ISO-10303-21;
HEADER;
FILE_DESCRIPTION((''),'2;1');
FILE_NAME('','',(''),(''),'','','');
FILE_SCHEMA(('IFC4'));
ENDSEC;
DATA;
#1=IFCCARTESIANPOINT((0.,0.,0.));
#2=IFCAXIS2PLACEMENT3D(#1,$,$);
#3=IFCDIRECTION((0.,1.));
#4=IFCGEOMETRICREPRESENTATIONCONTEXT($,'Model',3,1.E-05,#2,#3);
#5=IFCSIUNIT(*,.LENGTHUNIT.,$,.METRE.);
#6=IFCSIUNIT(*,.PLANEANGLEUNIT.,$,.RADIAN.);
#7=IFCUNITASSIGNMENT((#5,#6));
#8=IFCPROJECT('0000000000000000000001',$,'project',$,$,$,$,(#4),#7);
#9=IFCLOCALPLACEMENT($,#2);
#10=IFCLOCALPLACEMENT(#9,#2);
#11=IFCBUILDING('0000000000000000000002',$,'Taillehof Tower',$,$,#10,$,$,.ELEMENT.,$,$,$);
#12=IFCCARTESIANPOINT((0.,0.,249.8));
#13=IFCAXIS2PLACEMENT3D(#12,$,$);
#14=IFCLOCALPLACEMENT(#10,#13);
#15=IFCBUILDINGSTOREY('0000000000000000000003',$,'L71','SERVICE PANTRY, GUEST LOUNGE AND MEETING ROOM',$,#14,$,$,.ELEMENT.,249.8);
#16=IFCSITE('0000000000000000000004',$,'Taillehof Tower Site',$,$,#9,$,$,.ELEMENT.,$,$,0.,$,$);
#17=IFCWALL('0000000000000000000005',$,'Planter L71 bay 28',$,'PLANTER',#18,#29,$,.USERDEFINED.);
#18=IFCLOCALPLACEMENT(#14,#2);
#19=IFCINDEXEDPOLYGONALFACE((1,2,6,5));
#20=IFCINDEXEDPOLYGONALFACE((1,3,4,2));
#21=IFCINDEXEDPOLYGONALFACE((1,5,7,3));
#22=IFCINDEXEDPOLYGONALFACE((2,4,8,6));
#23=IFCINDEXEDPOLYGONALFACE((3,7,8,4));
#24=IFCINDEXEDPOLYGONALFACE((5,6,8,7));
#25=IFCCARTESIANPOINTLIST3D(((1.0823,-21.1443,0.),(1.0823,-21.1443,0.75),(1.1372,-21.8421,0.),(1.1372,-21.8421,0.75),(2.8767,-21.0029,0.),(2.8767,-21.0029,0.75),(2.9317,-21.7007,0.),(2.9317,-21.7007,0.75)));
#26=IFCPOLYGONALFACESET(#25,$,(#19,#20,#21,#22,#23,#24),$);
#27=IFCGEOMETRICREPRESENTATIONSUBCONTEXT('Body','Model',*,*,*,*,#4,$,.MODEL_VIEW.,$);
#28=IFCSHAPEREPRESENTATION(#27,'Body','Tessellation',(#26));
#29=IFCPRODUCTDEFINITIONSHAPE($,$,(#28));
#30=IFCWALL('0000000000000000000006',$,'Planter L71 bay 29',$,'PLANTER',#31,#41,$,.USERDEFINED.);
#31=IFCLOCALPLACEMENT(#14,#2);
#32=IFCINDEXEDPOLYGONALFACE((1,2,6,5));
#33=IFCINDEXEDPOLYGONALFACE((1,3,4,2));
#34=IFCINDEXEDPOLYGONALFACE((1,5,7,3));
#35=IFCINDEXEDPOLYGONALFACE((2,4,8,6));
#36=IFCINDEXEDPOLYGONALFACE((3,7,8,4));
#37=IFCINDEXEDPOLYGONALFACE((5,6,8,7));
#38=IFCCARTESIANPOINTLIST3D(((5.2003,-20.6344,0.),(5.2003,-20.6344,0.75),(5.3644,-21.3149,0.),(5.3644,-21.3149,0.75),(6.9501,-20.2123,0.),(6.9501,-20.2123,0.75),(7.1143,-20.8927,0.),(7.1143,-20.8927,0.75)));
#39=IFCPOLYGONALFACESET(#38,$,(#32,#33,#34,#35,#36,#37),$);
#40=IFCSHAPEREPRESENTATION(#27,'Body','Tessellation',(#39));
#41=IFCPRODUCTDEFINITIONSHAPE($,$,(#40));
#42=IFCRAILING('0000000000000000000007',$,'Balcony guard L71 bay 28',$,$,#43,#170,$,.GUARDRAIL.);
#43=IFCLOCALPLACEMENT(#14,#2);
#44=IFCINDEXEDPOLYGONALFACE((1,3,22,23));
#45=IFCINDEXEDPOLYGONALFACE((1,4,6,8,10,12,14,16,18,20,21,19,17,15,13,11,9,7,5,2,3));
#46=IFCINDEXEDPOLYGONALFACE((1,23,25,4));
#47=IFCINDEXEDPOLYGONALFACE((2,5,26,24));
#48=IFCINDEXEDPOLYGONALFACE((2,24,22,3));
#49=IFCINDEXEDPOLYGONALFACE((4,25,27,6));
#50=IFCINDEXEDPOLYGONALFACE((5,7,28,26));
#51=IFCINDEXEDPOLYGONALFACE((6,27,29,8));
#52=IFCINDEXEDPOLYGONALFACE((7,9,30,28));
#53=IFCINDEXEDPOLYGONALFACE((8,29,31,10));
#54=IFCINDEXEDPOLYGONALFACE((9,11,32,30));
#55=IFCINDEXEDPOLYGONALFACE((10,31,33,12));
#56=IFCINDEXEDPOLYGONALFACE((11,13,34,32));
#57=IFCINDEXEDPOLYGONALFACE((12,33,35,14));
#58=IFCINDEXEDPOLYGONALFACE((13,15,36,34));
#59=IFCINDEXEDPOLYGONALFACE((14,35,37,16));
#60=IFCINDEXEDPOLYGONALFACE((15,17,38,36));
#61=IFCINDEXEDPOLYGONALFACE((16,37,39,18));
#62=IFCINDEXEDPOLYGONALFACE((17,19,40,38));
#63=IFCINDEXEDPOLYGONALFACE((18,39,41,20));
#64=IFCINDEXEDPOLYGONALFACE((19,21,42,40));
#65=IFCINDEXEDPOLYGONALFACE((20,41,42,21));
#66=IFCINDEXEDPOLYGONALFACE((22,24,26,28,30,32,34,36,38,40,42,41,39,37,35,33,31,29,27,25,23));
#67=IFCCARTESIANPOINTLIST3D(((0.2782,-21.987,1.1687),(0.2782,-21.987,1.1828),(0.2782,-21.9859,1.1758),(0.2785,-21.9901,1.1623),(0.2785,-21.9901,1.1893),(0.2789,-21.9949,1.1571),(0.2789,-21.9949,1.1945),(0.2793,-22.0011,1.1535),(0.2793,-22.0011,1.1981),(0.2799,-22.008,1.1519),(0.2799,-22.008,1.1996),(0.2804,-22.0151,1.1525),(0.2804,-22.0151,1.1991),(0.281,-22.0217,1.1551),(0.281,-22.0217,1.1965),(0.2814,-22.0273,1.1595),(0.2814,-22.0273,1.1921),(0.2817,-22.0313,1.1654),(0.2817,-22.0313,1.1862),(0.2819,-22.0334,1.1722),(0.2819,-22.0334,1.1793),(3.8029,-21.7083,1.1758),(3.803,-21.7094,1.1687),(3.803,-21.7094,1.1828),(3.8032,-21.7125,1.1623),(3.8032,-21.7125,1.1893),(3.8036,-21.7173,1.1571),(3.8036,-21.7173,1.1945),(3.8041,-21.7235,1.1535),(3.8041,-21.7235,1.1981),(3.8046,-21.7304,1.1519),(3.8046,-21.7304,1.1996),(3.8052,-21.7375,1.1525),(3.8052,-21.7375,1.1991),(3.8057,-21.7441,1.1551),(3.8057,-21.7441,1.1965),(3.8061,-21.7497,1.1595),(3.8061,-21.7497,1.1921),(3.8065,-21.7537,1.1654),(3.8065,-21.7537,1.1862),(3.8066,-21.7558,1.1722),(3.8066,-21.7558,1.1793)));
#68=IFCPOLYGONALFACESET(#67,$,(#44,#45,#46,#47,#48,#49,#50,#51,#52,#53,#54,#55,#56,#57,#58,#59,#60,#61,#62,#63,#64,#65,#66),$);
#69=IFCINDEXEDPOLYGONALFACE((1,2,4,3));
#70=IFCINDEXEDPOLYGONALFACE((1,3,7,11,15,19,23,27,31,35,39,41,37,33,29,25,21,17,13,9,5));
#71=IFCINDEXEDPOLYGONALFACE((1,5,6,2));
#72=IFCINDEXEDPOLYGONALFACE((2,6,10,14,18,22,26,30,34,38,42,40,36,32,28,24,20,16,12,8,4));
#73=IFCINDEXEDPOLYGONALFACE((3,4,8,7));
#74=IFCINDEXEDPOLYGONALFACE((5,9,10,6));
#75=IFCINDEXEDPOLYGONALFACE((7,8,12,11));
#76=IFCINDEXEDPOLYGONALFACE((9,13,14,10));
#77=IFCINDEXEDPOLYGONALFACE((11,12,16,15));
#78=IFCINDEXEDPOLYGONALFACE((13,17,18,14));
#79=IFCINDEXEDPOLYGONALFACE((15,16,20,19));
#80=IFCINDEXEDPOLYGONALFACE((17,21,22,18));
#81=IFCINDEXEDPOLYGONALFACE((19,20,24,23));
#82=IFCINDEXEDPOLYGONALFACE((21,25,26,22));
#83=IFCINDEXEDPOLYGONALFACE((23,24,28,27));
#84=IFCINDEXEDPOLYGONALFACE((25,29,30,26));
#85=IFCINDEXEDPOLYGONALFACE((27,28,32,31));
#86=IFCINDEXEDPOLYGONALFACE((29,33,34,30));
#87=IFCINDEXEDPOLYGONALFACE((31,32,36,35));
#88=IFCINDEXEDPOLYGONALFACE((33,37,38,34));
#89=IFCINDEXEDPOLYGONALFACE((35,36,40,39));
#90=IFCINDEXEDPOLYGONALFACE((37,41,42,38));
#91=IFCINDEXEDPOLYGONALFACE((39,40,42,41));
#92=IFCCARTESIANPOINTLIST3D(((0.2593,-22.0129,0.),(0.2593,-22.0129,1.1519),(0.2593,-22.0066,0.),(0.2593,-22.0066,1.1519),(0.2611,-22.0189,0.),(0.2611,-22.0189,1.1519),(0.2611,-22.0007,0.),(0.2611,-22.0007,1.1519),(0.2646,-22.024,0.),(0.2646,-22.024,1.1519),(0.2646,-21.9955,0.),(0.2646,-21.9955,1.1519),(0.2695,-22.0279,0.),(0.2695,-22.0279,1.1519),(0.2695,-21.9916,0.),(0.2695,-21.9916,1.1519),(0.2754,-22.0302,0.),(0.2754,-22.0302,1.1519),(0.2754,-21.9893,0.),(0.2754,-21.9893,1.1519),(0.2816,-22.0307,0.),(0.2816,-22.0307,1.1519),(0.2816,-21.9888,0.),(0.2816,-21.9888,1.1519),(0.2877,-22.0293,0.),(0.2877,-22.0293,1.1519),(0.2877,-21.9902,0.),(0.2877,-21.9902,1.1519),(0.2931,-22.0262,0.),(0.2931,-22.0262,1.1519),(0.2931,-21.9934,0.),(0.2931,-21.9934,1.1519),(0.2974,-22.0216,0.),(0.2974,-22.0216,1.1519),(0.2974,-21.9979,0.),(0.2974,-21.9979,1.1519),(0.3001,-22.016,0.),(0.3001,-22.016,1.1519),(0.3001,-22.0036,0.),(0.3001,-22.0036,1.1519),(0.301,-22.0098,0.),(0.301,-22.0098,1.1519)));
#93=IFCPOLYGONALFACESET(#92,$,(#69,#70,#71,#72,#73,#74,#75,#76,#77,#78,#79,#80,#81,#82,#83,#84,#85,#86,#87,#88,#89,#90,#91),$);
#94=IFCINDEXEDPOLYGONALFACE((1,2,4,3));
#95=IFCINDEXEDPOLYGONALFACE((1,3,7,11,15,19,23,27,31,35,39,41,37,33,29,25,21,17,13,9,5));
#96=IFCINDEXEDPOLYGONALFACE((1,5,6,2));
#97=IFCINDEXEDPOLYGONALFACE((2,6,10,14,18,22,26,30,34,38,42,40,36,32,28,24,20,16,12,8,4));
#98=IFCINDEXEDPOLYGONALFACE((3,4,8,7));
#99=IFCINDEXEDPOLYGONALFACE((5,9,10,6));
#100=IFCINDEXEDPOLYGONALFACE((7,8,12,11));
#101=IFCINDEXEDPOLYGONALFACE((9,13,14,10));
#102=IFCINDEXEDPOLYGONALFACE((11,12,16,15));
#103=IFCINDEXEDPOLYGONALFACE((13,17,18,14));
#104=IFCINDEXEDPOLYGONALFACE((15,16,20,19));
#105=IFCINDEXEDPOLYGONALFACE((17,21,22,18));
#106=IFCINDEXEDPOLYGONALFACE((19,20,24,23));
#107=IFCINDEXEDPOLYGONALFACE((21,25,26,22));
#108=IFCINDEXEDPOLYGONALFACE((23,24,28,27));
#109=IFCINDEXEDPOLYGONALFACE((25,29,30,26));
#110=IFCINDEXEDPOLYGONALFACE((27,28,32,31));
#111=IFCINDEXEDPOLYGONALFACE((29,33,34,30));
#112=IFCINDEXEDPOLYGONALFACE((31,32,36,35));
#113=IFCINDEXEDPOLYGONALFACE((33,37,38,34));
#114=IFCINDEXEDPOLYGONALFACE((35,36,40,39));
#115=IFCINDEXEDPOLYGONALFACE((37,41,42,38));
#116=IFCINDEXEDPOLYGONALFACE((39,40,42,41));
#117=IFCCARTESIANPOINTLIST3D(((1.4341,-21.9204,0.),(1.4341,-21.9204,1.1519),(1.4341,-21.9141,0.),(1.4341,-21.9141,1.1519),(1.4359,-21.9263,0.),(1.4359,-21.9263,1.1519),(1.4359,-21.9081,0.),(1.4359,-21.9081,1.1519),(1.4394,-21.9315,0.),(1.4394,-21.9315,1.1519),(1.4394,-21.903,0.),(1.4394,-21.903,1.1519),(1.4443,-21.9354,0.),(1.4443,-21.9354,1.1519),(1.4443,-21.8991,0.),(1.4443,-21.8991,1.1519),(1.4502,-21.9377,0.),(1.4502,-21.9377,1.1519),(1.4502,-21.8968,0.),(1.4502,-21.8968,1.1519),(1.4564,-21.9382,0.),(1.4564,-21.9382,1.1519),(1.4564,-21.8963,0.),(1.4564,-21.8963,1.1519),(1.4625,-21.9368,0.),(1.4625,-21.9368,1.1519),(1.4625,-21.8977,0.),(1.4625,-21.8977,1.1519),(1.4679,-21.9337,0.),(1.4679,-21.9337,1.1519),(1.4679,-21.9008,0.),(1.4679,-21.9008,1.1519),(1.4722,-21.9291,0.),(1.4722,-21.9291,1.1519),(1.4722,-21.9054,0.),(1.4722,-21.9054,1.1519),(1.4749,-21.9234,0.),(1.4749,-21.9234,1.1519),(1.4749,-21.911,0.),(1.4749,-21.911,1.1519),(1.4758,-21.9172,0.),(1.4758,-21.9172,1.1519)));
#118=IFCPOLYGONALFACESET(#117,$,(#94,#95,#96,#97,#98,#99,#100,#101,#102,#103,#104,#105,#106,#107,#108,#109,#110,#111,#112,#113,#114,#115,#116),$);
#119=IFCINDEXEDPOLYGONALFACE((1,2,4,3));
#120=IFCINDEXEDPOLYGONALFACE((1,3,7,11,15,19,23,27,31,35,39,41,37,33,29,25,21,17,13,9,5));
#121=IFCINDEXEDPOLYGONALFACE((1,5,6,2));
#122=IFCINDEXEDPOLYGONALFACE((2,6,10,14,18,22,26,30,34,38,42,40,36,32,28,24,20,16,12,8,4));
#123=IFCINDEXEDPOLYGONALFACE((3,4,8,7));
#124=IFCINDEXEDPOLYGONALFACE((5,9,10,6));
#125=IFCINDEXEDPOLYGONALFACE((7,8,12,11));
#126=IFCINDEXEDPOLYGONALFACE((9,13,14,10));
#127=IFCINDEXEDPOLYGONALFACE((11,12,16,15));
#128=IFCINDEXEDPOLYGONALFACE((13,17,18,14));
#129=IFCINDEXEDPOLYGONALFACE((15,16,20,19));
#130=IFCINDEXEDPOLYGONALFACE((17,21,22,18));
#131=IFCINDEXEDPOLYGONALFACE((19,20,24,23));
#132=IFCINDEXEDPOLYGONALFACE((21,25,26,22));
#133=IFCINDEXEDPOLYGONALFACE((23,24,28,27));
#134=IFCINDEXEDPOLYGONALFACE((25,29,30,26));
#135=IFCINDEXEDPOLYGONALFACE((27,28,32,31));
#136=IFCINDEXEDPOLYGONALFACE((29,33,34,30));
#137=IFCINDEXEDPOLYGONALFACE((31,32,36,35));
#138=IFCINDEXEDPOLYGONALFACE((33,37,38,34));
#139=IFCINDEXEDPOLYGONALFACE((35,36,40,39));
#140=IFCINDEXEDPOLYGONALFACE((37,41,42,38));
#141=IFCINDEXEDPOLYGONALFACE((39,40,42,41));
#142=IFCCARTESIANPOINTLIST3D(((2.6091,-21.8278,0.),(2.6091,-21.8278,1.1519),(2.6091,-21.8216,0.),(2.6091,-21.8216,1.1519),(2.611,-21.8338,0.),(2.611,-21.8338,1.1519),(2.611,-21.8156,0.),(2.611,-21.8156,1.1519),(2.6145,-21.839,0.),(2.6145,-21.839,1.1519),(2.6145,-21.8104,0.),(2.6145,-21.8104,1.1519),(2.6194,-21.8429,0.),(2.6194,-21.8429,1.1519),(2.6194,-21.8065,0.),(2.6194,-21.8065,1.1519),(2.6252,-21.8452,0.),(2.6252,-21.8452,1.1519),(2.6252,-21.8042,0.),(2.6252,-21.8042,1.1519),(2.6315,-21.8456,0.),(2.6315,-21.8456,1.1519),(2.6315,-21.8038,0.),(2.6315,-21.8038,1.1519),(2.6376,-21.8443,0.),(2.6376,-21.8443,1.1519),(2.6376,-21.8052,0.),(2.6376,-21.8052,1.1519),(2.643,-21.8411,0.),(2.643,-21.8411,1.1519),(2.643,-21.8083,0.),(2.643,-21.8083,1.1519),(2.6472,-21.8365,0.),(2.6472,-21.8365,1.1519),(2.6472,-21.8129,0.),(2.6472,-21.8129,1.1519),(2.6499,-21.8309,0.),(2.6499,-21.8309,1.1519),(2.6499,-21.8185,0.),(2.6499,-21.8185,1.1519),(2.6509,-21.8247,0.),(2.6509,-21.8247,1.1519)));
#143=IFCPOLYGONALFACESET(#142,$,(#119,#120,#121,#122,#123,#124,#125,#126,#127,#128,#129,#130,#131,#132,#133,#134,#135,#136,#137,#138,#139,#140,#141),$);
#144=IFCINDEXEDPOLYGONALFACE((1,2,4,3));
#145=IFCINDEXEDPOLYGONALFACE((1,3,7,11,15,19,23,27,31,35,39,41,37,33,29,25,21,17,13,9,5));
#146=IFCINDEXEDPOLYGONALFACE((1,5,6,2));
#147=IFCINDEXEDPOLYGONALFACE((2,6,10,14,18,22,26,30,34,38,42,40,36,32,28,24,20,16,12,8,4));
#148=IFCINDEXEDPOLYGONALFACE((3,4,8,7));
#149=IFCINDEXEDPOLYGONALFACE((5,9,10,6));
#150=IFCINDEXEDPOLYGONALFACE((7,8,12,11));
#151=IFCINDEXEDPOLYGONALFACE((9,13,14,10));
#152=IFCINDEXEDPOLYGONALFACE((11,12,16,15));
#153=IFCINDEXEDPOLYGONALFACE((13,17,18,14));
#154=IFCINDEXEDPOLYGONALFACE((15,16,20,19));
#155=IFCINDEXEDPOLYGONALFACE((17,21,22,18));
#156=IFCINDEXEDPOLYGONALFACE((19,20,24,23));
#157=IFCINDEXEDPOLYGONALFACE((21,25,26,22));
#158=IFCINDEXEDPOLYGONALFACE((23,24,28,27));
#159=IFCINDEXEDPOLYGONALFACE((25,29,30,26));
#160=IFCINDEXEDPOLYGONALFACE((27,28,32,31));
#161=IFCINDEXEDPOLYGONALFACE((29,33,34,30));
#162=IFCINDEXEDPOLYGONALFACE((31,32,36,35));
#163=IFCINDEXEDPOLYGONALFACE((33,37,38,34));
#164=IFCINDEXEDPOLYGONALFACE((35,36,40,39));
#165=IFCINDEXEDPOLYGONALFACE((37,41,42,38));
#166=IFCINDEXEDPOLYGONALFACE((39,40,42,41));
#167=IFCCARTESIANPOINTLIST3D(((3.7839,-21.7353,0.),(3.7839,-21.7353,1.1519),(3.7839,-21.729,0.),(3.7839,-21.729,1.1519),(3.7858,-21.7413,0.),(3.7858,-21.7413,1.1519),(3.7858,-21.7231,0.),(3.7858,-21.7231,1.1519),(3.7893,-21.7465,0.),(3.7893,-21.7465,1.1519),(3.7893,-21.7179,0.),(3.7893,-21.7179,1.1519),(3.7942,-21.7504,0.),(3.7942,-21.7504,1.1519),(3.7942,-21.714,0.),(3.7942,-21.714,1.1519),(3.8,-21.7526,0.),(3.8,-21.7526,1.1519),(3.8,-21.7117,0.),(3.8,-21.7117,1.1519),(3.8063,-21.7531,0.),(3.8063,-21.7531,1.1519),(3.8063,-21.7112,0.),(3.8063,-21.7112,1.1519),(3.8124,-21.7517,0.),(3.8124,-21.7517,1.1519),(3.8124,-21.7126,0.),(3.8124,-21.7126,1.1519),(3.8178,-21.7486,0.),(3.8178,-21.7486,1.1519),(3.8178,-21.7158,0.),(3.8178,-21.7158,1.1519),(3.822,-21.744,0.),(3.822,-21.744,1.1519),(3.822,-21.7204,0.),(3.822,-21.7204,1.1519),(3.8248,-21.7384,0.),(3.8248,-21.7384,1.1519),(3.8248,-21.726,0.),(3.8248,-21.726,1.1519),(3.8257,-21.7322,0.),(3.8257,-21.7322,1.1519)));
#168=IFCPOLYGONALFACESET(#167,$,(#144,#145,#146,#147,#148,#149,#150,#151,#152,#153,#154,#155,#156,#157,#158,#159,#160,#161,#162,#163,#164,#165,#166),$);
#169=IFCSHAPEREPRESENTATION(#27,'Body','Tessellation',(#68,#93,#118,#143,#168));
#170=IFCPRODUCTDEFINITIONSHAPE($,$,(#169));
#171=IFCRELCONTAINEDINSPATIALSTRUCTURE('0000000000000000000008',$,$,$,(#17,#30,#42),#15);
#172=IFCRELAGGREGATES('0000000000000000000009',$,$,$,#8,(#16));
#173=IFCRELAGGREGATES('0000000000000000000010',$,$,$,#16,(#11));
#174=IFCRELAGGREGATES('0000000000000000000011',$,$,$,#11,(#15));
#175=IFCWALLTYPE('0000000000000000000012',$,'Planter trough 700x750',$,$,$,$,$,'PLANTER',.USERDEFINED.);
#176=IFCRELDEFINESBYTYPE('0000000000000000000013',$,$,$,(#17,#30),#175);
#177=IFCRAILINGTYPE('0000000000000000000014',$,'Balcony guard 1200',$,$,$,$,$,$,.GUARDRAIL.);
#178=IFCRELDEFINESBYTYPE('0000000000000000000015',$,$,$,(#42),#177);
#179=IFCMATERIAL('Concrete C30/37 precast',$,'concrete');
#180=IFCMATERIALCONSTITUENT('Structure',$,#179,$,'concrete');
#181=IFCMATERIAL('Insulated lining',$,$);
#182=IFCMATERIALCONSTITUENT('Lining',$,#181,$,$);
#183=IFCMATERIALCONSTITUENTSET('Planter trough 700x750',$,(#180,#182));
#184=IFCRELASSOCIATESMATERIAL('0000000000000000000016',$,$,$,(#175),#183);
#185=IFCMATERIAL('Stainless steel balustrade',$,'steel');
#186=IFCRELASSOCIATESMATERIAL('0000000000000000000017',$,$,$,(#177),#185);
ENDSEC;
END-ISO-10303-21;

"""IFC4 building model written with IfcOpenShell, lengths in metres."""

from ifc_helpers import new_model, si_unit, direction, frame, frame_2d, origin, origin_2d, place, context, subcontext, project, spatial, rectangle, circle, extrude, material, constituent, constituent_set, type_object, element, save


model = new_model("IFC4")

# Units and contexts
model_context = context("Model", 3, precision=1e-05, world=origin(), true_north=direction((0.0, 1.0)))
body_context = subcontext(model_context, "Body", "Model", "MODEL_VIEW")
ifc_project = project(units=[si_unit("LENGTHUNIT", "METRE"), si_unit("PLANEANGLEUNIT", "RADIAN")], contexts=[model_context])

# Site, building, storey
site_placement = place(None, origin())
site = spatial("IfcSite", under=ifc_project, at=site_placement, Name="Taillehof Tower Site", CompositionType="ELEMENT", RefElevation=0.0)
building_placement = place(site_placement, origin())
building = spatial("IfcBuilding", under=site, at=building_placement, Name="Taillehof Tower", CompositionType="ELEMENT")
storey_placement = place(building_placement, frame((0.0, 0.0, 249.8)))
storey = spatial("IfcBuildingStorey", under=building, at=storey_placement, Name="L71", Description="SERVICE PANTRY, GUEST LOUNGE AND MEETING ROOM", CompositionType="ELEMENT", Elevation=249.8)

# Walls
ifc_material_1 = material(Name="Concrete C30/37 precast", Category="concrete")
ifc_constituent_1 = constituent(ifc_material_1, Name="Structure", Category="concrete")
ifc_material_2 = material(Name="Insulated lining")
ifc_constituent_2 = constituent(ifc_material_2, Name="Lining")
ifc_constituent_set = constituent_set(constituents=[ifc_constituent_1, ifc_constituent_2], Name="Planter trough 700x750")
wall_type_1 = type_object("IfcWallType", Name="Planter trough 700x750", ElementType="PLANTER", PredefinedType="USERDEFINED", material=ifc_constituent_set)
for number, where, z_axis, x_axis, name in (
    (1, (1.1099, -21.4932, 0.0), (0.0, 0.0, 1.0), (0.996912, 0.078532, 0.0), "Planter L71 bay 28"),
    (2, (5.2825, -20.9746, 0.0), (0.0, 0.0, 1.0), (0.972112, 0.234517, 0.0), "Planter L71 bay 29"),
):
    element("IfcWall", number, at=place(storey_placement, frame(where, z_axis=z_axis, x_axis=x_axis)), inside=storey, type_object=wall_type_1, Name=name, ObjectType="PLANTER", PredefinedType="USERDEFINED", context=body_context, shape_type="SweptSolid", body=[
        extrude(rectangle(XDim=1.8, YDim=0.7, at=frame_2d((0.8999, 0.0))), origin(), (0.0, 0.0, 1.0), 0.75),
    ])

# Railing
ifc_material_3 = material(Name="Stainless steel balustrade", Category="steel")
railing_type = type_object("IfcRailingType", Name="Balcony guard 1200", PredefinedType="GUARDRAIL", material=ifc_material_3)
railing_1_placement = place(storey_placement, frame((0.28, -22.0098, 0.0)))
element("IfcRailing", 3, at=railing_1_placement, inside=storey, type_object=railing_type, Name="Balcony guard L71 bay 28", PredefinedType="GUARDRAIL", context=body_context, shape_type="SweptSolid", body=[
    extrude(circle(Radius=0.0239, at=origin_2d()), frame((0.0, 0.0, 1.1758), z_axis=(0.996913, 0.078513, 0.0), x_axis=(-0.078513, 0.996913, 0.0)), (0.0, 0.0, 1.0), 3.5356),
    extrude(circle(Radius=0.021, at=origin_2d()), origin(), (0.0, 0.0, 1.0), 1.1519),
    extrude(circle(Radius=0.021, at=origin_2d()), frame((1.1748, 0.0925, 0.0)), (0.0, 0.0, 1.0), 1.1519),
    extrude(circle(Radius=0.021, at=origin_2d()), frame((2.3499, 0.1851, 0.0)), (0.0, 0.0, 1.0), 1.1519),
    extrude(circle(Radius=0.021, at=origin_2d()), frame((3.5247, 0.2776, 0.0)), (0.0, 0.0, 1.0), 1.1519),
])

save(model, "model.ifc")
